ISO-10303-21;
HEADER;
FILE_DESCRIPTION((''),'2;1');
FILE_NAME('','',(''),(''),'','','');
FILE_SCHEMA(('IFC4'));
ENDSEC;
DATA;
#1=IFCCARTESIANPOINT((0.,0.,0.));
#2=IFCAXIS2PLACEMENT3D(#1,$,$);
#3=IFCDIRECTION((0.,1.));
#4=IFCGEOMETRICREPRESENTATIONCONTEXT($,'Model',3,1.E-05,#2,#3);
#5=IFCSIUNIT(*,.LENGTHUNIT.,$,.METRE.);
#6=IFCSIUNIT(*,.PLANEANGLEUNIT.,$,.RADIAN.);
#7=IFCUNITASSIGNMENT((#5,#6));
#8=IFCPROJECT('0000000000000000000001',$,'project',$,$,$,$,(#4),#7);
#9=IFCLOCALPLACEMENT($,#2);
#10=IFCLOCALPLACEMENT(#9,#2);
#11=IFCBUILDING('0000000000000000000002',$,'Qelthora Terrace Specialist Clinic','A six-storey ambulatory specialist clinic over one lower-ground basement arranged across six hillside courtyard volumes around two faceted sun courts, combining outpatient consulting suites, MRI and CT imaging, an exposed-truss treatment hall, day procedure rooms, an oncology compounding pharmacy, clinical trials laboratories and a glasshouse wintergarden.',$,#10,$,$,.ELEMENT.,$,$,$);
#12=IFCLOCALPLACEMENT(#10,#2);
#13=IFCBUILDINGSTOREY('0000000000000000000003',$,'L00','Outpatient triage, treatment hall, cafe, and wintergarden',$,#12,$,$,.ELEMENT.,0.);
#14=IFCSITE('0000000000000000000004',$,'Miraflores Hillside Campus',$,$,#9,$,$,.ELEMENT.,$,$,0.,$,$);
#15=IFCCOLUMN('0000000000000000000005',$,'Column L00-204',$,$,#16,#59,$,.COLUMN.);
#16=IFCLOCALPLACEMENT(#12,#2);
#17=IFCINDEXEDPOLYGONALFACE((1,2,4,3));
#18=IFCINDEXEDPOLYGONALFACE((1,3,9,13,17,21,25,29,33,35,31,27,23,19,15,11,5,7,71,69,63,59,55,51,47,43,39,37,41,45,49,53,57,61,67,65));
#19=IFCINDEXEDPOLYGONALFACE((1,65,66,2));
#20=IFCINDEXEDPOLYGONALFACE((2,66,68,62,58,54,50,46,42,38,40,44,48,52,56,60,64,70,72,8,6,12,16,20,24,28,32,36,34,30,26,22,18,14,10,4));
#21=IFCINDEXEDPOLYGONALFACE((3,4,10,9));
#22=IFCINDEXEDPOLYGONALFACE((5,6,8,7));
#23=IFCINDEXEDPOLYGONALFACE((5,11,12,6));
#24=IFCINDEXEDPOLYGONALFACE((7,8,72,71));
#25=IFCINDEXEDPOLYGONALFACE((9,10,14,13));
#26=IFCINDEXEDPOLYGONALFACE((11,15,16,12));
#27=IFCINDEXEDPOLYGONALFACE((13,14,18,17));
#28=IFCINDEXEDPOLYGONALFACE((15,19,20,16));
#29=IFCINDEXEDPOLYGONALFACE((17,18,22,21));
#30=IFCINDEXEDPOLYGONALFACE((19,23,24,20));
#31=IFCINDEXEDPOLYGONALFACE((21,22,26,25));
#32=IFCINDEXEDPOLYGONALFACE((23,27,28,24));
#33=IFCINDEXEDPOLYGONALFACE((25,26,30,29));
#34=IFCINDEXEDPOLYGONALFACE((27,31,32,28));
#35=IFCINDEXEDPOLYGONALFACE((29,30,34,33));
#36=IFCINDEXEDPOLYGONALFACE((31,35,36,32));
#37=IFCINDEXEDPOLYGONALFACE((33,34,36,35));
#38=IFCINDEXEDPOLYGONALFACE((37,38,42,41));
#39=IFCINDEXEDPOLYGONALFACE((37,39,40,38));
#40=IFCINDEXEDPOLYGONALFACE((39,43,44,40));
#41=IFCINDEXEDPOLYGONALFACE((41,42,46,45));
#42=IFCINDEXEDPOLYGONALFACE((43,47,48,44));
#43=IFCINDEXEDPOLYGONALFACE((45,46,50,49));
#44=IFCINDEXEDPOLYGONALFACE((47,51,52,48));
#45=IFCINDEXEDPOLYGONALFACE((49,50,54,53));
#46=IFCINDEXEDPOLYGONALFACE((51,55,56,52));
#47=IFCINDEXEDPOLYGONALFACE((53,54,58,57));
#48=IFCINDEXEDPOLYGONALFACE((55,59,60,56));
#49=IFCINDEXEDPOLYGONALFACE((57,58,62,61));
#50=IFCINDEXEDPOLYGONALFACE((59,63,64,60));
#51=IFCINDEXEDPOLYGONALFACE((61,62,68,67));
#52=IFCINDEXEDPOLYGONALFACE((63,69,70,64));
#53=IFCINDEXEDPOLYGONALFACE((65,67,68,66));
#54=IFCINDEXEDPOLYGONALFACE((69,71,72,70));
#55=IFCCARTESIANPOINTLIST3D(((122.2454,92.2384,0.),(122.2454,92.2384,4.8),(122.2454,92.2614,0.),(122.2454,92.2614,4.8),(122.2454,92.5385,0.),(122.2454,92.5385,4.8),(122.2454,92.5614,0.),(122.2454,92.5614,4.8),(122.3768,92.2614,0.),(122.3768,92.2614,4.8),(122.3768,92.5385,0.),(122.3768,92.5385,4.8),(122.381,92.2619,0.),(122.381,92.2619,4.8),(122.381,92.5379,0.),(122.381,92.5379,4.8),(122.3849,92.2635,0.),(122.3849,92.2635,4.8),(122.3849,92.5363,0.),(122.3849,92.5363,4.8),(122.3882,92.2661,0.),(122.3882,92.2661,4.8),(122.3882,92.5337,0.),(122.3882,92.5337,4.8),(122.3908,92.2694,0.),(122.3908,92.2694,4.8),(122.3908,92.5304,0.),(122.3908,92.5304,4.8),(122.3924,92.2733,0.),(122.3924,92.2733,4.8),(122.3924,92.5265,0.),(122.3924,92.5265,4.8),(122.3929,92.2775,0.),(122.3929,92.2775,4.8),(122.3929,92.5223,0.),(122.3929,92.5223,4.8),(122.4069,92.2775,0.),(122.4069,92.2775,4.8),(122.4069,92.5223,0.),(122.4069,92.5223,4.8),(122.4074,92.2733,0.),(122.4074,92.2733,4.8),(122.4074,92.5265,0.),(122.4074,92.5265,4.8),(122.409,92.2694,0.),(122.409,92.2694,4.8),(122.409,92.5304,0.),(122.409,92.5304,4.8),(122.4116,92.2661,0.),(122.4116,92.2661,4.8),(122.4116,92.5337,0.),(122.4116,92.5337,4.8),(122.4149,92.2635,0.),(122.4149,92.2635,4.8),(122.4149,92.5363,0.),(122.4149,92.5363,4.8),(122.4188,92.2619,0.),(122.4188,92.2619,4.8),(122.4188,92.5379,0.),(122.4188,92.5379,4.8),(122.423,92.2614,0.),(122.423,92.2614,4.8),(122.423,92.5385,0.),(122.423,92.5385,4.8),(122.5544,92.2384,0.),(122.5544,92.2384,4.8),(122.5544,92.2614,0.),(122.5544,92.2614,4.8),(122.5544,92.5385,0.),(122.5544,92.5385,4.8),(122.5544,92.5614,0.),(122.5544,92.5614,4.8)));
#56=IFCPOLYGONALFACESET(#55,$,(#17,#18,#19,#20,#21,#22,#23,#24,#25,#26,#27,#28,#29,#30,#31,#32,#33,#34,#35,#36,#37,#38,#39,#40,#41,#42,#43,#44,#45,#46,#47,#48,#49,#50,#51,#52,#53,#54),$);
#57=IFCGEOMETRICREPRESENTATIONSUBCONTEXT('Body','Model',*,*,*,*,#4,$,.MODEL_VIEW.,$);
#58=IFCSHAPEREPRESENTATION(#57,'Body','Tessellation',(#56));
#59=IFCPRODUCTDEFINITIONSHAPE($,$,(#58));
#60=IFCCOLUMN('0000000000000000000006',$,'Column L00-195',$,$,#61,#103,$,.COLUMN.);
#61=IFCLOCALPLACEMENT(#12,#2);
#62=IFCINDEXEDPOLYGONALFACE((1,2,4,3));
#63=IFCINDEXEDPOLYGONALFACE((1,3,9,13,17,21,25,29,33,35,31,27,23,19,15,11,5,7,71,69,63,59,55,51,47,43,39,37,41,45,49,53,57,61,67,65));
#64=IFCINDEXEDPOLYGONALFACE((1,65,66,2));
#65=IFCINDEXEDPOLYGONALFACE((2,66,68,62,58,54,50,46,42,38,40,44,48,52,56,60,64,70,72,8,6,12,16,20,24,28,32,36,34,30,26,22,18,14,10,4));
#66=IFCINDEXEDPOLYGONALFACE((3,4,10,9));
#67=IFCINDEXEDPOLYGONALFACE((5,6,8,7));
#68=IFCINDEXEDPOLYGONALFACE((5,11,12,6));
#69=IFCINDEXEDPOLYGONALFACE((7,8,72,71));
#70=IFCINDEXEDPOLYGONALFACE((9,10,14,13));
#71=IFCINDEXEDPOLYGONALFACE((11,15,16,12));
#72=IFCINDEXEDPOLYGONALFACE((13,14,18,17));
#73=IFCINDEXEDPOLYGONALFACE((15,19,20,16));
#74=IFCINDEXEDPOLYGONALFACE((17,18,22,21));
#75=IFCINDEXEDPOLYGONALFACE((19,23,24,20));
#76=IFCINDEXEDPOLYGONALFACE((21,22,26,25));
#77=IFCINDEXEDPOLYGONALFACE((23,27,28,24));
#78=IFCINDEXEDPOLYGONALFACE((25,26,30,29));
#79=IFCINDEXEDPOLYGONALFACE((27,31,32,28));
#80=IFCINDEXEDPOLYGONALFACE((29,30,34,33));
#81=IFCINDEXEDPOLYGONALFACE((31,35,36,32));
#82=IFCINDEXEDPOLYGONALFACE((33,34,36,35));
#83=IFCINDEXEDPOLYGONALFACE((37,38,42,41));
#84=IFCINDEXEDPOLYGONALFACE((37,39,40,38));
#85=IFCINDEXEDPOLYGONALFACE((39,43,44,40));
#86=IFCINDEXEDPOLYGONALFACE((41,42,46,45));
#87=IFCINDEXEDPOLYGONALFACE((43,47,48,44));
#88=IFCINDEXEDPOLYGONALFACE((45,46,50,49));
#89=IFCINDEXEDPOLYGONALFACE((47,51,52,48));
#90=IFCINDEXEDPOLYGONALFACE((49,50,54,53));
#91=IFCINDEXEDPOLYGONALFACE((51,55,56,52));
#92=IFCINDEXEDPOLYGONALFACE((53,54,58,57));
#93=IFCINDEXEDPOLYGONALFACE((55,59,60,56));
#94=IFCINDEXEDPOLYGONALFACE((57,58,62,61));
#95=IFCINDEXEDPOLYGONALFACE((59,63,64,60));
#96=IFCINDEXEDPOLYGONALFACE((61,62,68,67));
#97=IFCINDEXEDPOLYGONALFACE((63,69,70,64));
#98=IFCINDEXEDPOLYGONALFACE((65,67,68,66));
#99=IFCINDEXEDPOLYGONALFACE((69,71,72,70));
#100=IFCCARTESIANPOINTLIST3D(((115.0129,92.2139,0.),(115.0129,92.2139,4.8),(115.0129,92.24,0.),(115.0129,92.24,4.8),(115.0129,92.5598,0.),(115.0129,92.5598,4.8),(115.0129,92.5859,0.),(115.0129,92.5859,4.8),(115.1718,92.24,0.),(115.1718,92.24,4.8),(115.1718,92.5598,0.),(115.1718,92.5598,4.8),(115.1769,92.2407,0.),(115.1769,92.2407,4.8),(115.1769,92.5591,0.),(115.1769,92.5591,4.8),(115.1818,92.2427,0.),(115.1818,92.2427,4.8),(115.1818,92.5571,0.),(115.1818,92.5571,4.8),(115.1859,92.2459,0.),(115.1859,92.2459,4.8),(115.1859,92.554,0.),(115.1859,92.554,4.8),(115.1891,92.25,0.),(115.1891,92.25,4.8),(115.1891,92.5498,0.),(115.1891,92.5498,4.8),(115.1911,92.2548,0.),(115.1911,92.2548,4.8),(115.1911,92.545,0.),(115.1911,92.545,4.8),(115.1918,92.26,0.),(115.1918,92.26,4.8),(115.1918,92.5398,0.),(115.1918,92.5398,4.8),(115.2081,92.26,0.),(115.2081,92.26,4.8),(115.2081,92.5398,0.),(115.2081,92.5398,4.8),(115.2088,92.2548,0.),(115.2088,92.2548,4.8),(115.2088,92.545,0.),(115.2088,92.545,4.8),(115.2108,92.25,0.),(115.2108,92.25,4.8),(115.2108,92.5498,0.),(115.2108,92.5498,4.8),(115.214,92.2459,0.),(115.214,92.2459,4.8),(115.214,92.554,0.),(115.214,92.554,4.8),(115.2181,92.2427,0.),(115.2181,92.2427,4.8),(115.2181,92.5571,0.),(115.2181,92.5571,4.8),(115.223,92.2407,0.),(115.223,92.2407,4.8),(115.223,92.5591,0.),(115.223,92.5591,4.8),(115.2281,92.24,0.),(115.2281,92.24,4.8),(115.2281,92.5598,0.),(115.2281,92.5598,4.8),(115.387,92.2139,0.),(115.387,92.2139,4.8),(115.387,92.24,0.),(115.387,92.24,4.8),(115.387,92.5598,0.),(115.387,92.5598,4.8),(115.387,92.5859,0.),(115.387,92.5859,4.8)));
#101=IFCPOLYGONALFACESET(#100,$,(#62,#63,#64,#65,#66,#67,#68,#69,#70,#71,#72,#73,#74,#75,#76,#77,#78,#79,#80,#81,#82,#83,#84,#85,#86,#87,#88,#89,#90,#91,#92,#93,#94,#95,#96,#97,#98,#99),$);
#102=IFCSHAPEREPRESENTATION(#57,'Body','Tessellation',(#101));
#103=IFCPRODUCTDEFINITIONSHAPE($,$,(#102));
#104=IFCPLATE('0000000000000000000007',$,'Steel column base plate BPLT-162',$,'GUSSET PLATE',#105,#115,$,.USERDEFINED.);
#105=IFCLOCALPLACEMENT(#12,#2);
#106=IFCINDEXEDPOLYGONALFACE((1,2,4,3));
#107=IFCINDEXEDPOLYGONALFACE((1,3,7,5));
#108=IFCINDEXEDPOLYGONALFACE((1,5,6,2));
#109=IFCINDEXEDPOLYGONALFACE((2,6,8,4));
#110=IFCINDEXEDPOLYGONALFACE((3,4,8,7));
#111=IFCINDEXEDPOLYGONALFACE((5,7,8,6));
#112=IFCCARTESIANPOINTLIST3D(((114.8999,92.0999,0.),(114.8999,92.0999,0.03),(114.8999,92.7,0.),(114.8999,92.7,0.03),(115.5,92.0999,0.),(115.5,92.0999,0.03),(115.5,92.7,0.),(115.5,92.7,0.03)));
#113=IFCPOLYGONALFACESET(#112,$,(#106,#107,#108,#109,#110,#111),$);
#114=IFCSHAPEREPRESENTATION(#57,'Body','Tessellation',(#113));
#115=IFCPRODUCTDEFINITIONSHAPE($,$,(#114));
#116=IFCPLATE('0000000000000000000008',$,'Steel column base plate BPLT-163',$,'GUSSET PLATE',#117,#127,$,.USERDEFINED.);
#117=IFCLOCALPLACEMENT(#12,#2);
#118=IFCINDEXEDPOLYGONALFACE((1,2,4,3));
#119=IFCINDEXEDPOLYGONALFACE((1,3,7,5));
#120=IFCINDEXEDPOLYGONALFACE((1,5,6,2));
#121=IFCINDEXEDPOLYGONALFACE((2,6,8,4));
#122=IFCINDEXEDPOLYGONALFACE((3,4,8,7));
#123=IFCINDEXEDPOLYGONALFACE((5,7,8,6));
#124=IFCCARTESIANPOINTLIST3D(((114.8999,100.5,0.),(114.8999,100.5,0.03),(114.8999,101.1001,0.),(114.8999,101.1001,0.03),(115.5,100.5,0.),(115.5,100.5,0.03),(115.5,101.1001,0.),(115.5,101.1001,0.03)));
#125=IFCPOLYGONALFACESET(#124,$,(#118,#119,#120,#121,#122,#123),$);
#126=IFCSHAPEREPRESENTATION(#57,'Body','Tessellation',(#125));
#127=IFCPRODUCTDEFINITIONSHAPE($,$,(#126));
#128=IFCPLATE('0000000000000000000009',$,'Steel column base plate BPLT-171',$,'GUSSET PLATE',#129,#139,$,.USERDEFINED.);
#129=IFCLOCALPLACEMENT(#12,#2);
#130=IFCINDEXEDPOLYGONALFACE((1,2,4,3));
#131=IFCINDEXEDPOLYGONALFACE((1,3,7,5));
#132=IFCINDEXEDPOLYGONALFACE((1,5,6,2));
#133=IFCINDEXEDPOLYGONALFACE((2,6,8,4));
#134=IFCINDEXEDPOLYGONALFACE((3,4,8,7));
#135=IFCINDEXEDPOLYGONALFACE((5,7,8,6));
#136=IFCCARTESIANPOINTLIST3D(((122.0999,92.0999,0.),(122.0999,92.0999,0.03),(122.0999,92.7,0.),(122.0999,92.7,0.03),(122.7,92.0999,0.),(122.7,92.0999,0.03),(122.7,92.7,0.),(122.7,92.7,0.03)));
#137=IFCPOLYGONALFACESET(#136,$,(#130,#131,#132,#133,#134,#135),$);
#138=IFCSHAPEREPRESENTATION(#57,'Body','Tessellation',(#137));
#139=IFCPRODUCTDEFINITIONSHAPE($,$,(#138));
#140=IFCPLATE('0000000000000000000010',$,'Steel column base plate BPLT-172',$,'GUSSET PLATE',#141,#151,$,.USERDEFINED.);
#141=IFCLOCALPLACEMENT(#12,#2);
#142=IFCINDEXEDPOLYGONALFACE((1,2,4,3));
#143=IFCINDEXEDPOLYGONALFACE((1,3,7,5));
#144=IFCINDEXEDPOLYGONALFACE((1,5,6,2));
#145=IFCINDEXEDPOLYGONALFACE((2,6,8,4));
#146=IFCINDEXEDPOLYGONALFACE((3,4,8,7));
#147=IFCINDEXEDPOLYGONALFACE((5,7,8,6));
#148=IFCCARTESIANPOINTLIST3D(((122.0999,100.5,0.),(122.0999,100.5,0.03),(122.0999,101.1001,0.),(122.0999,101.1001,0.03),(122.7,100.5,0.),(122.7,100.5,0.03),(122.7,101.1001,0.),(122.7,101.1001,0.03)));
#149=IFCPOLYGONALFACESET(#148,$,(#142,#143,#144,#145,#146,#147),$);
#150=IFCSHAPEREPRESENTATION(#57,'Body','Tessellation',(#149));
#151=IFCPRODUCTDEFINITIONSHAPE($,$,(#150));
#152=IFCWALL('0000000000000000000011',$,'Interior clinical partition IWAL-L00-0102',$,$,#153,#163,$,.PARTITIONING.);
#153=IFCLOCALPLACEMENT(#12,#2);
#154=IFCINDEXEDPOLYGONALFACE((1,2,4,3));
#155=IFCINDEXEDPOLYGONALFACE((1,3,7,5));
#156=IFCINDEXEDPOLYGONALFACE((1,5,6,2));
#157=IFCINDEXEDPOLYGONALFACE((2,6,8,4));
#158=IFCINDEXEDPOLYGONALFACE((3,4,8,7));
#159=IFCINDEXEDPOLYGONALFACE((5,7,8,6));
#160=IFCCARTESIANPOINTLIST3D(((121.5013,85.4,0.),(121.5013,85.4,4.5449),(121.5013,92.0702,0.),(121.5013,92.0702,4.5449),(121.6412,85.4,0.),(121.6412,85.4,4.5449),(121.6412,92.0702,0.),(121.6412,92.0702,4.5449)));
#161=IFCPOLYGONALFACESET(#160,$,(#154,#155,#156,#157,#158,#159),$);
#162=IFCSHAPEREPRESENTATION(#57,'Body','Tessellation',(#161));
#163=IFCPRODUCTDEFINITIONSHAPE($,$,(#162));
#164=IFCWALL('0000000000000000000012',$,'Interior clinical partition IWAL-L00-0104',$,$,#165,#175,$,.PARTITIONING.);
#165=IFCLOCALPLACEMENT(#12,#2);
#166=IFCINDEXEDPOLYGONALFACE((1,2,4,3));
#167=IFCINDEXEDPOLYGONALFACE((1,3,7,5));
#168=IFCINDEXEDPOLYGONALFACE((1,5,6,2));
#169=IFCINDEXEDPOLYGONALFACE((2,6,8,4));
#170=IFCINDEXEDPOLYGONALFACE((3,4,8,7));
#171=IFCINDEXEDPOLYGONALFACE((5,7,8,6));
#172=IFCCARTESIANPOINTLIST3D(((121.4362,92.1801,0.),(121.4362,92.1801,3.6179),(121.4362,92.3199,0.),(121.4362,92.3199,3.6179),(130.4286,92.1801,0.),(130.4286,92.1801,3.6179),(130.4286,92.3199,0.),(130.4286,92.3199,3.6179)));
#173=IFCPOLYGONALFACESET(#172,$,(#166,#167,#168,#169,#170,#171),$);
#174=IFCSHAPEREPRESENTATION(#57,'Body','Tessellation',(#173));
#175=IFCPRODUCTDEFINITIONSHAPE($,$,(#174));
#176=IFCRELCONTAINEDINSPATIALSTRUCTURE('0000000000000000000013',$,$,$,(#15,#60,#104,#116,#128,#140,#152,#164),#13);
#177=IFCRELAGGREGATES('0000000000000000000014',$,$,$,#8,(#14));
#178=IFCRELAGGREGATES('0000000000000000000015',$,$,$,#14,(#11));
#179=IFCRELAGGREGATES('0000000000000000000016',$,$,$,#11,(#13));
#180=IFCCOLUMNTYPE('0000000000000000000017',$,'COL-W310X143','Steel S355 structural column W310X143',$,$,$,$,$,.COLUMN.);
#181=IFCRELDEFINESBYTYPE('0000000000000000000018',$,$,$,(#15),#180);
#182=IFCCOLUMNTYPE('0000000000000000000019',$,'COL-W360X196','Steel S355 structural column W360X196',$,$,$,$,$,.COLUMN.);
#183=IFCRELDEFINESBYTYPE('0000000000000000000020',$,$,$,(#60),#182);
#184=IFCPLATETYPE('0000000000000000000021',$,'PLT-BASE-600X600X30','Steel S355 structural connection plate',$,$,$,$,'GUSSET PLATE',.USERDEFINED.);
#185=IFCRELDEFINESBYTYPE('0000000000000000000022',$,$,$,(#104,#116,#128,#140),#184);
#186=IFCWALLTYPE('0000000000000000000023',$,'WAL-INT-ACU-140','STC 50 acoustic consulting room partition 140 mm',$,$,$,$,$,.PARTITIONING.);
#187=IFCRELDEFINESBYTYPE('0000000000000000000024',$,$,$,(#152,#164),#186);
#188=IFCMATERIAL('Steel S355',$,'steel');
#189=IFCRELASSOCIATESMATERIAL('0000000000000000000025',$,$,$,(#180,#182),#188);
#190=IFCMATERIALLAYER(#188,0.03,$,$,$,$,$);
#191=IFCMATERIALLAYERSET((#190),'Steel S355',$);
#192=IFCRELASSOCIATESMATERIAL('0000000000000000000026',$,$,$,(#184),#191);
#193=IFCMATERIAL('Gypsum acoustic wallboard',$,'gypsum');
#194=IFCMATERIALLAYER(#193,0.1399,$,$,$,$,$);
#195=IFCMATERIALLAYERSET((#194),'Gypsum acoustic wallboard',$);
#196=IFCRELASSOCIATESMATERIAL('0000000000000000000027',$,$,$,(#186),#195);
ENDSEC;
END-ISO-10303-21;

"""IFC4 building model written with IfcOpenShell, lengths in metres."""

from ifc_helpers import new_model, si_unit, direction, frame, frame_2d, origin, origin_2d, place, context, subcontext, project, spatial, rectangle, i_section, extrude, material, layer, layer_set, material_profile, profile_set, type_object, element, save


model = new_model("IFC4")

# Units and contexts
model_context = context("Model", 3, precision=1e-05, world=origin(), true_north=direction((0.0, 1.0)))
body_context = subcontext(model_context, "Body", "Model", "MODEL_VIEW")
ifc_project = project(units=[si_unit("LENGTHUNIT", "METRE"), si_unit("PLANEANGLEUNIT", "RADIAN")], contexts=[model_context])

# Site, building, storey
site_placement = place(None, origin())
site = spatial("IfcSite", under=ifc_project, at=site_placement, Name="Miraflores Hillside Campus", CompositionType="ELEMENT", RefElevation=0.0)
building_placement = place(site_placement, origin())
building = spatial("IfcBuilding", under=site, at=building_placement, Name="Qelthora Terrace Specialist Clinic", Description="A six-storey ambulatory specialist clinic over one lower-ground basement arranged across six hillside courtyard volumes around two faceted sun courts, combining outpatient consulting suites, MRI and CT imaging, an exposed-truss treatment hall, day procedure rooms, an oncology compounding pharmacy, clinical trials laboratories and a glasshouse wintergarden.", CompositionType="ELEMENT")
storey_placement = place(building_placement, origin())
storey = spatial("IfcBuildingStorey", under=building, at=storey_placement, Name="L00", Description="Outpatient triage, treatment hall, cafe, and wintergarden", CompositionType="ELEMENT", Elevation=0.0)

# Columns
ifc_material_1 = material(Name="Steel S355", Category="steel")
ifc_material_profile_1 = material_profile(ifc_material_1, i_section(OverallWidth=0.3091, OverallDepth=0.323, WebThickness=0.0139, FlangeThickness=0.0229, FilletRadius=0.0161, at=origin_2d()), Name="W310X143")
ifc_profile_set_1 = profile_set([ifc_material_profile_1], Name="Steel S355")
column_type_1 = type_object("IfcColumnType", Name="COL-W310X143", Description="Steel S355 structural column W310X143", PredefinedType="COLUMN", material=ifc_profile_set_1)
for number, where, z_axis, x_axis, name in (
    (1, (122.3999, 92.3999, 0.0), (0.0, 0.0, 1.0), (1.0, 0.0, 0.0), "Column L00-204"),
):
    element("IfcColumn", number, at=place(storey_placement, frame(where, z_axis=z_axis, x_axis=x_axis)), inside=storey, type_object=column_type_1, Name=name, PredefinedType="COLUMN", context=body_context, shape_type="SweptSolid", body=[
        extrude(i_section(OverallWidth=0.3091, OverallDepth=0.323, WebThickness=0.0139, FlangeThickness=0.0229, FilletRadius=0.0161, at=origin_2d()), origin(), (0.0, 0.0, 1.0), 4.8),
    ])
ifc_material_profile_2 = material_profile(ifc_material_1, i_section(OverallWidth=0.374, OverallDepth=0.3721, WebThickness=0.0164, FlangeThickness=0.0261, FilletRadius=0.02, at=origin_2d()), Name="W360X196")
ifc_profile_set_2 = profile_set([ifc_material_profile_2], Name="Steel S355")
column_type_2 = type_object("IfcColumnType", Name="COL-W360X196", Description="Steel S355 structural column W360X196", PredefinedType="COLUMN", material=ifc_profile_set_2)
column_1_placement = place(storey_placement, frame((115.2, 92.3999, 0.0), z_axis=(0.0, 0.0, 1.0), x_axis=(1.0, 0.0, 0.0)))
element("IfcColumn", 2, at=column_1_placement, inside=storey, type_object=column_type_2, Name="Column L00-195", PredefinedType="COLUMN", context=body_context, shape_type="SweptSolid", body=[
    extrude(i_section(OverallWidth=0.374, OverallDepth=0.3721, WebThickness=0.0164, FlangeThickness=0.0261, FilletRadius=0.02, at=origin_2d()), origin(), (0.0, 0.0, 1.0), 4.8),
])

# Plates
ifc_layer_1 = layer(ifc_material_1, 0.03)
ifc_layer_set_1 = layer_set([ifc_layer_1], Name="Steel S355")
plate_type = type_object("IfcPlateType", Name="PLT-BASE-600X600X30", Description="Steel S355 structural connection plate", ElementType="GUSSET PLATE", PredefinedType="USERDEFINED", material=ifc_layer_set_1)
for number, where, z_axis, x_axis, name in (
    (3, (115.2, 92.3999, 0.0), (0.0, 0.0, 1.0), (1.0, 0.0, 0.0), "Steel column base plate BPLT-162"),
    (4, (115.2, 100.8, 0.0), (0.0, 0.0, 1.0), (1.0, 0.0, 0.0), "Steel column base plate BPLT-163"),
    (5, (122.3999, 92.3999, 0.0), (0.0, 0.0, 1.0), (1.0, 0.0, 0.0), "Steel column base plate BPLT-171"),
    (6, (122.3999, 100.8, 0.0), (0.0, 0.0, 1.0), (1.0, 0.0, 0.0), "Steel column base plate BPLT-172"),
):
    element("IfcPlate", number, at=place(storey_placement, frame(where, z_axis=z_axis, x_axis=x_axis)), inside=storey, type_object=plate_type, Name=name, ObjectType="GUSSET PLATE", PredefinedType="USERDEFINED", context=body_context, shape_type="SweptSolid", body=[
        extrude(rectangle(XDim=0.6001, YDim=0.6001, at=origin_2d()), origin(), (0.0, 0.0, 1.0), 0.03),
    ])

# Walls
ifc_material_2 = material(Name="Gypsum acoustic wallboard", Category="gypsum")
ifc_layer_2 = layer(ifc_material_2, 0.1399)
ifc_layer_set_2 = layer_set([ifc_layer_2], Name="Gypsum acoustic wallboard")
wall_type_1 = type_object("IfcWallType", Name="WAL-INT-ACU-140", Description="STC 50 acoustic consulting room partition 140 mm", PredefinedType="PARTITIONING", material=ifc_layer_set_2)
wall_1_placement = place(storey_placement, frame((121.5713, 92.0701, 0.0), z_axis=(0.0, 0.0, 1.0), x_axis=(0.0, -1.0, 0.0)))
element("IfcWall", 7, at=wall_1_placement, inside=storey, type_object=wall_type_1, Name="Interior clinical partition IWAL-L00-0102", PredefinedType="PARTITIONING", context=body_context, shape_type="SweptSolid", body=[
    extrude(rectangle(XDim=6.6702, YDim=0.1399, at=frame_2d((3.335, 0.0))), origin(), (0.0, 0.0, 1.0), 4.5449),
])
wall_2_placement = place(storey_placement, frame((121.4363, 92.25, 0.0), z_axis=(0.0, 0.0, 1.0), x_axis=(1.0, 0.0, 0.0)))
element("IfcWall", 8, at=wall_2_placement, inside=storey, type_object=wall_type_1, Name="Interior clinical partition IWAL-L00-0104", PredefinedType="PARTITIONING", context=body_context, shape_type="SweptSolid", body=[
    extrude(rectangle(XDim=8.9924, YDim=0.1399, at=frame_2d((4.4961, 0.0))), origin(), (0.0, 0.0, 1.0), 3.6179),
])

save(model, "model.ifc")
